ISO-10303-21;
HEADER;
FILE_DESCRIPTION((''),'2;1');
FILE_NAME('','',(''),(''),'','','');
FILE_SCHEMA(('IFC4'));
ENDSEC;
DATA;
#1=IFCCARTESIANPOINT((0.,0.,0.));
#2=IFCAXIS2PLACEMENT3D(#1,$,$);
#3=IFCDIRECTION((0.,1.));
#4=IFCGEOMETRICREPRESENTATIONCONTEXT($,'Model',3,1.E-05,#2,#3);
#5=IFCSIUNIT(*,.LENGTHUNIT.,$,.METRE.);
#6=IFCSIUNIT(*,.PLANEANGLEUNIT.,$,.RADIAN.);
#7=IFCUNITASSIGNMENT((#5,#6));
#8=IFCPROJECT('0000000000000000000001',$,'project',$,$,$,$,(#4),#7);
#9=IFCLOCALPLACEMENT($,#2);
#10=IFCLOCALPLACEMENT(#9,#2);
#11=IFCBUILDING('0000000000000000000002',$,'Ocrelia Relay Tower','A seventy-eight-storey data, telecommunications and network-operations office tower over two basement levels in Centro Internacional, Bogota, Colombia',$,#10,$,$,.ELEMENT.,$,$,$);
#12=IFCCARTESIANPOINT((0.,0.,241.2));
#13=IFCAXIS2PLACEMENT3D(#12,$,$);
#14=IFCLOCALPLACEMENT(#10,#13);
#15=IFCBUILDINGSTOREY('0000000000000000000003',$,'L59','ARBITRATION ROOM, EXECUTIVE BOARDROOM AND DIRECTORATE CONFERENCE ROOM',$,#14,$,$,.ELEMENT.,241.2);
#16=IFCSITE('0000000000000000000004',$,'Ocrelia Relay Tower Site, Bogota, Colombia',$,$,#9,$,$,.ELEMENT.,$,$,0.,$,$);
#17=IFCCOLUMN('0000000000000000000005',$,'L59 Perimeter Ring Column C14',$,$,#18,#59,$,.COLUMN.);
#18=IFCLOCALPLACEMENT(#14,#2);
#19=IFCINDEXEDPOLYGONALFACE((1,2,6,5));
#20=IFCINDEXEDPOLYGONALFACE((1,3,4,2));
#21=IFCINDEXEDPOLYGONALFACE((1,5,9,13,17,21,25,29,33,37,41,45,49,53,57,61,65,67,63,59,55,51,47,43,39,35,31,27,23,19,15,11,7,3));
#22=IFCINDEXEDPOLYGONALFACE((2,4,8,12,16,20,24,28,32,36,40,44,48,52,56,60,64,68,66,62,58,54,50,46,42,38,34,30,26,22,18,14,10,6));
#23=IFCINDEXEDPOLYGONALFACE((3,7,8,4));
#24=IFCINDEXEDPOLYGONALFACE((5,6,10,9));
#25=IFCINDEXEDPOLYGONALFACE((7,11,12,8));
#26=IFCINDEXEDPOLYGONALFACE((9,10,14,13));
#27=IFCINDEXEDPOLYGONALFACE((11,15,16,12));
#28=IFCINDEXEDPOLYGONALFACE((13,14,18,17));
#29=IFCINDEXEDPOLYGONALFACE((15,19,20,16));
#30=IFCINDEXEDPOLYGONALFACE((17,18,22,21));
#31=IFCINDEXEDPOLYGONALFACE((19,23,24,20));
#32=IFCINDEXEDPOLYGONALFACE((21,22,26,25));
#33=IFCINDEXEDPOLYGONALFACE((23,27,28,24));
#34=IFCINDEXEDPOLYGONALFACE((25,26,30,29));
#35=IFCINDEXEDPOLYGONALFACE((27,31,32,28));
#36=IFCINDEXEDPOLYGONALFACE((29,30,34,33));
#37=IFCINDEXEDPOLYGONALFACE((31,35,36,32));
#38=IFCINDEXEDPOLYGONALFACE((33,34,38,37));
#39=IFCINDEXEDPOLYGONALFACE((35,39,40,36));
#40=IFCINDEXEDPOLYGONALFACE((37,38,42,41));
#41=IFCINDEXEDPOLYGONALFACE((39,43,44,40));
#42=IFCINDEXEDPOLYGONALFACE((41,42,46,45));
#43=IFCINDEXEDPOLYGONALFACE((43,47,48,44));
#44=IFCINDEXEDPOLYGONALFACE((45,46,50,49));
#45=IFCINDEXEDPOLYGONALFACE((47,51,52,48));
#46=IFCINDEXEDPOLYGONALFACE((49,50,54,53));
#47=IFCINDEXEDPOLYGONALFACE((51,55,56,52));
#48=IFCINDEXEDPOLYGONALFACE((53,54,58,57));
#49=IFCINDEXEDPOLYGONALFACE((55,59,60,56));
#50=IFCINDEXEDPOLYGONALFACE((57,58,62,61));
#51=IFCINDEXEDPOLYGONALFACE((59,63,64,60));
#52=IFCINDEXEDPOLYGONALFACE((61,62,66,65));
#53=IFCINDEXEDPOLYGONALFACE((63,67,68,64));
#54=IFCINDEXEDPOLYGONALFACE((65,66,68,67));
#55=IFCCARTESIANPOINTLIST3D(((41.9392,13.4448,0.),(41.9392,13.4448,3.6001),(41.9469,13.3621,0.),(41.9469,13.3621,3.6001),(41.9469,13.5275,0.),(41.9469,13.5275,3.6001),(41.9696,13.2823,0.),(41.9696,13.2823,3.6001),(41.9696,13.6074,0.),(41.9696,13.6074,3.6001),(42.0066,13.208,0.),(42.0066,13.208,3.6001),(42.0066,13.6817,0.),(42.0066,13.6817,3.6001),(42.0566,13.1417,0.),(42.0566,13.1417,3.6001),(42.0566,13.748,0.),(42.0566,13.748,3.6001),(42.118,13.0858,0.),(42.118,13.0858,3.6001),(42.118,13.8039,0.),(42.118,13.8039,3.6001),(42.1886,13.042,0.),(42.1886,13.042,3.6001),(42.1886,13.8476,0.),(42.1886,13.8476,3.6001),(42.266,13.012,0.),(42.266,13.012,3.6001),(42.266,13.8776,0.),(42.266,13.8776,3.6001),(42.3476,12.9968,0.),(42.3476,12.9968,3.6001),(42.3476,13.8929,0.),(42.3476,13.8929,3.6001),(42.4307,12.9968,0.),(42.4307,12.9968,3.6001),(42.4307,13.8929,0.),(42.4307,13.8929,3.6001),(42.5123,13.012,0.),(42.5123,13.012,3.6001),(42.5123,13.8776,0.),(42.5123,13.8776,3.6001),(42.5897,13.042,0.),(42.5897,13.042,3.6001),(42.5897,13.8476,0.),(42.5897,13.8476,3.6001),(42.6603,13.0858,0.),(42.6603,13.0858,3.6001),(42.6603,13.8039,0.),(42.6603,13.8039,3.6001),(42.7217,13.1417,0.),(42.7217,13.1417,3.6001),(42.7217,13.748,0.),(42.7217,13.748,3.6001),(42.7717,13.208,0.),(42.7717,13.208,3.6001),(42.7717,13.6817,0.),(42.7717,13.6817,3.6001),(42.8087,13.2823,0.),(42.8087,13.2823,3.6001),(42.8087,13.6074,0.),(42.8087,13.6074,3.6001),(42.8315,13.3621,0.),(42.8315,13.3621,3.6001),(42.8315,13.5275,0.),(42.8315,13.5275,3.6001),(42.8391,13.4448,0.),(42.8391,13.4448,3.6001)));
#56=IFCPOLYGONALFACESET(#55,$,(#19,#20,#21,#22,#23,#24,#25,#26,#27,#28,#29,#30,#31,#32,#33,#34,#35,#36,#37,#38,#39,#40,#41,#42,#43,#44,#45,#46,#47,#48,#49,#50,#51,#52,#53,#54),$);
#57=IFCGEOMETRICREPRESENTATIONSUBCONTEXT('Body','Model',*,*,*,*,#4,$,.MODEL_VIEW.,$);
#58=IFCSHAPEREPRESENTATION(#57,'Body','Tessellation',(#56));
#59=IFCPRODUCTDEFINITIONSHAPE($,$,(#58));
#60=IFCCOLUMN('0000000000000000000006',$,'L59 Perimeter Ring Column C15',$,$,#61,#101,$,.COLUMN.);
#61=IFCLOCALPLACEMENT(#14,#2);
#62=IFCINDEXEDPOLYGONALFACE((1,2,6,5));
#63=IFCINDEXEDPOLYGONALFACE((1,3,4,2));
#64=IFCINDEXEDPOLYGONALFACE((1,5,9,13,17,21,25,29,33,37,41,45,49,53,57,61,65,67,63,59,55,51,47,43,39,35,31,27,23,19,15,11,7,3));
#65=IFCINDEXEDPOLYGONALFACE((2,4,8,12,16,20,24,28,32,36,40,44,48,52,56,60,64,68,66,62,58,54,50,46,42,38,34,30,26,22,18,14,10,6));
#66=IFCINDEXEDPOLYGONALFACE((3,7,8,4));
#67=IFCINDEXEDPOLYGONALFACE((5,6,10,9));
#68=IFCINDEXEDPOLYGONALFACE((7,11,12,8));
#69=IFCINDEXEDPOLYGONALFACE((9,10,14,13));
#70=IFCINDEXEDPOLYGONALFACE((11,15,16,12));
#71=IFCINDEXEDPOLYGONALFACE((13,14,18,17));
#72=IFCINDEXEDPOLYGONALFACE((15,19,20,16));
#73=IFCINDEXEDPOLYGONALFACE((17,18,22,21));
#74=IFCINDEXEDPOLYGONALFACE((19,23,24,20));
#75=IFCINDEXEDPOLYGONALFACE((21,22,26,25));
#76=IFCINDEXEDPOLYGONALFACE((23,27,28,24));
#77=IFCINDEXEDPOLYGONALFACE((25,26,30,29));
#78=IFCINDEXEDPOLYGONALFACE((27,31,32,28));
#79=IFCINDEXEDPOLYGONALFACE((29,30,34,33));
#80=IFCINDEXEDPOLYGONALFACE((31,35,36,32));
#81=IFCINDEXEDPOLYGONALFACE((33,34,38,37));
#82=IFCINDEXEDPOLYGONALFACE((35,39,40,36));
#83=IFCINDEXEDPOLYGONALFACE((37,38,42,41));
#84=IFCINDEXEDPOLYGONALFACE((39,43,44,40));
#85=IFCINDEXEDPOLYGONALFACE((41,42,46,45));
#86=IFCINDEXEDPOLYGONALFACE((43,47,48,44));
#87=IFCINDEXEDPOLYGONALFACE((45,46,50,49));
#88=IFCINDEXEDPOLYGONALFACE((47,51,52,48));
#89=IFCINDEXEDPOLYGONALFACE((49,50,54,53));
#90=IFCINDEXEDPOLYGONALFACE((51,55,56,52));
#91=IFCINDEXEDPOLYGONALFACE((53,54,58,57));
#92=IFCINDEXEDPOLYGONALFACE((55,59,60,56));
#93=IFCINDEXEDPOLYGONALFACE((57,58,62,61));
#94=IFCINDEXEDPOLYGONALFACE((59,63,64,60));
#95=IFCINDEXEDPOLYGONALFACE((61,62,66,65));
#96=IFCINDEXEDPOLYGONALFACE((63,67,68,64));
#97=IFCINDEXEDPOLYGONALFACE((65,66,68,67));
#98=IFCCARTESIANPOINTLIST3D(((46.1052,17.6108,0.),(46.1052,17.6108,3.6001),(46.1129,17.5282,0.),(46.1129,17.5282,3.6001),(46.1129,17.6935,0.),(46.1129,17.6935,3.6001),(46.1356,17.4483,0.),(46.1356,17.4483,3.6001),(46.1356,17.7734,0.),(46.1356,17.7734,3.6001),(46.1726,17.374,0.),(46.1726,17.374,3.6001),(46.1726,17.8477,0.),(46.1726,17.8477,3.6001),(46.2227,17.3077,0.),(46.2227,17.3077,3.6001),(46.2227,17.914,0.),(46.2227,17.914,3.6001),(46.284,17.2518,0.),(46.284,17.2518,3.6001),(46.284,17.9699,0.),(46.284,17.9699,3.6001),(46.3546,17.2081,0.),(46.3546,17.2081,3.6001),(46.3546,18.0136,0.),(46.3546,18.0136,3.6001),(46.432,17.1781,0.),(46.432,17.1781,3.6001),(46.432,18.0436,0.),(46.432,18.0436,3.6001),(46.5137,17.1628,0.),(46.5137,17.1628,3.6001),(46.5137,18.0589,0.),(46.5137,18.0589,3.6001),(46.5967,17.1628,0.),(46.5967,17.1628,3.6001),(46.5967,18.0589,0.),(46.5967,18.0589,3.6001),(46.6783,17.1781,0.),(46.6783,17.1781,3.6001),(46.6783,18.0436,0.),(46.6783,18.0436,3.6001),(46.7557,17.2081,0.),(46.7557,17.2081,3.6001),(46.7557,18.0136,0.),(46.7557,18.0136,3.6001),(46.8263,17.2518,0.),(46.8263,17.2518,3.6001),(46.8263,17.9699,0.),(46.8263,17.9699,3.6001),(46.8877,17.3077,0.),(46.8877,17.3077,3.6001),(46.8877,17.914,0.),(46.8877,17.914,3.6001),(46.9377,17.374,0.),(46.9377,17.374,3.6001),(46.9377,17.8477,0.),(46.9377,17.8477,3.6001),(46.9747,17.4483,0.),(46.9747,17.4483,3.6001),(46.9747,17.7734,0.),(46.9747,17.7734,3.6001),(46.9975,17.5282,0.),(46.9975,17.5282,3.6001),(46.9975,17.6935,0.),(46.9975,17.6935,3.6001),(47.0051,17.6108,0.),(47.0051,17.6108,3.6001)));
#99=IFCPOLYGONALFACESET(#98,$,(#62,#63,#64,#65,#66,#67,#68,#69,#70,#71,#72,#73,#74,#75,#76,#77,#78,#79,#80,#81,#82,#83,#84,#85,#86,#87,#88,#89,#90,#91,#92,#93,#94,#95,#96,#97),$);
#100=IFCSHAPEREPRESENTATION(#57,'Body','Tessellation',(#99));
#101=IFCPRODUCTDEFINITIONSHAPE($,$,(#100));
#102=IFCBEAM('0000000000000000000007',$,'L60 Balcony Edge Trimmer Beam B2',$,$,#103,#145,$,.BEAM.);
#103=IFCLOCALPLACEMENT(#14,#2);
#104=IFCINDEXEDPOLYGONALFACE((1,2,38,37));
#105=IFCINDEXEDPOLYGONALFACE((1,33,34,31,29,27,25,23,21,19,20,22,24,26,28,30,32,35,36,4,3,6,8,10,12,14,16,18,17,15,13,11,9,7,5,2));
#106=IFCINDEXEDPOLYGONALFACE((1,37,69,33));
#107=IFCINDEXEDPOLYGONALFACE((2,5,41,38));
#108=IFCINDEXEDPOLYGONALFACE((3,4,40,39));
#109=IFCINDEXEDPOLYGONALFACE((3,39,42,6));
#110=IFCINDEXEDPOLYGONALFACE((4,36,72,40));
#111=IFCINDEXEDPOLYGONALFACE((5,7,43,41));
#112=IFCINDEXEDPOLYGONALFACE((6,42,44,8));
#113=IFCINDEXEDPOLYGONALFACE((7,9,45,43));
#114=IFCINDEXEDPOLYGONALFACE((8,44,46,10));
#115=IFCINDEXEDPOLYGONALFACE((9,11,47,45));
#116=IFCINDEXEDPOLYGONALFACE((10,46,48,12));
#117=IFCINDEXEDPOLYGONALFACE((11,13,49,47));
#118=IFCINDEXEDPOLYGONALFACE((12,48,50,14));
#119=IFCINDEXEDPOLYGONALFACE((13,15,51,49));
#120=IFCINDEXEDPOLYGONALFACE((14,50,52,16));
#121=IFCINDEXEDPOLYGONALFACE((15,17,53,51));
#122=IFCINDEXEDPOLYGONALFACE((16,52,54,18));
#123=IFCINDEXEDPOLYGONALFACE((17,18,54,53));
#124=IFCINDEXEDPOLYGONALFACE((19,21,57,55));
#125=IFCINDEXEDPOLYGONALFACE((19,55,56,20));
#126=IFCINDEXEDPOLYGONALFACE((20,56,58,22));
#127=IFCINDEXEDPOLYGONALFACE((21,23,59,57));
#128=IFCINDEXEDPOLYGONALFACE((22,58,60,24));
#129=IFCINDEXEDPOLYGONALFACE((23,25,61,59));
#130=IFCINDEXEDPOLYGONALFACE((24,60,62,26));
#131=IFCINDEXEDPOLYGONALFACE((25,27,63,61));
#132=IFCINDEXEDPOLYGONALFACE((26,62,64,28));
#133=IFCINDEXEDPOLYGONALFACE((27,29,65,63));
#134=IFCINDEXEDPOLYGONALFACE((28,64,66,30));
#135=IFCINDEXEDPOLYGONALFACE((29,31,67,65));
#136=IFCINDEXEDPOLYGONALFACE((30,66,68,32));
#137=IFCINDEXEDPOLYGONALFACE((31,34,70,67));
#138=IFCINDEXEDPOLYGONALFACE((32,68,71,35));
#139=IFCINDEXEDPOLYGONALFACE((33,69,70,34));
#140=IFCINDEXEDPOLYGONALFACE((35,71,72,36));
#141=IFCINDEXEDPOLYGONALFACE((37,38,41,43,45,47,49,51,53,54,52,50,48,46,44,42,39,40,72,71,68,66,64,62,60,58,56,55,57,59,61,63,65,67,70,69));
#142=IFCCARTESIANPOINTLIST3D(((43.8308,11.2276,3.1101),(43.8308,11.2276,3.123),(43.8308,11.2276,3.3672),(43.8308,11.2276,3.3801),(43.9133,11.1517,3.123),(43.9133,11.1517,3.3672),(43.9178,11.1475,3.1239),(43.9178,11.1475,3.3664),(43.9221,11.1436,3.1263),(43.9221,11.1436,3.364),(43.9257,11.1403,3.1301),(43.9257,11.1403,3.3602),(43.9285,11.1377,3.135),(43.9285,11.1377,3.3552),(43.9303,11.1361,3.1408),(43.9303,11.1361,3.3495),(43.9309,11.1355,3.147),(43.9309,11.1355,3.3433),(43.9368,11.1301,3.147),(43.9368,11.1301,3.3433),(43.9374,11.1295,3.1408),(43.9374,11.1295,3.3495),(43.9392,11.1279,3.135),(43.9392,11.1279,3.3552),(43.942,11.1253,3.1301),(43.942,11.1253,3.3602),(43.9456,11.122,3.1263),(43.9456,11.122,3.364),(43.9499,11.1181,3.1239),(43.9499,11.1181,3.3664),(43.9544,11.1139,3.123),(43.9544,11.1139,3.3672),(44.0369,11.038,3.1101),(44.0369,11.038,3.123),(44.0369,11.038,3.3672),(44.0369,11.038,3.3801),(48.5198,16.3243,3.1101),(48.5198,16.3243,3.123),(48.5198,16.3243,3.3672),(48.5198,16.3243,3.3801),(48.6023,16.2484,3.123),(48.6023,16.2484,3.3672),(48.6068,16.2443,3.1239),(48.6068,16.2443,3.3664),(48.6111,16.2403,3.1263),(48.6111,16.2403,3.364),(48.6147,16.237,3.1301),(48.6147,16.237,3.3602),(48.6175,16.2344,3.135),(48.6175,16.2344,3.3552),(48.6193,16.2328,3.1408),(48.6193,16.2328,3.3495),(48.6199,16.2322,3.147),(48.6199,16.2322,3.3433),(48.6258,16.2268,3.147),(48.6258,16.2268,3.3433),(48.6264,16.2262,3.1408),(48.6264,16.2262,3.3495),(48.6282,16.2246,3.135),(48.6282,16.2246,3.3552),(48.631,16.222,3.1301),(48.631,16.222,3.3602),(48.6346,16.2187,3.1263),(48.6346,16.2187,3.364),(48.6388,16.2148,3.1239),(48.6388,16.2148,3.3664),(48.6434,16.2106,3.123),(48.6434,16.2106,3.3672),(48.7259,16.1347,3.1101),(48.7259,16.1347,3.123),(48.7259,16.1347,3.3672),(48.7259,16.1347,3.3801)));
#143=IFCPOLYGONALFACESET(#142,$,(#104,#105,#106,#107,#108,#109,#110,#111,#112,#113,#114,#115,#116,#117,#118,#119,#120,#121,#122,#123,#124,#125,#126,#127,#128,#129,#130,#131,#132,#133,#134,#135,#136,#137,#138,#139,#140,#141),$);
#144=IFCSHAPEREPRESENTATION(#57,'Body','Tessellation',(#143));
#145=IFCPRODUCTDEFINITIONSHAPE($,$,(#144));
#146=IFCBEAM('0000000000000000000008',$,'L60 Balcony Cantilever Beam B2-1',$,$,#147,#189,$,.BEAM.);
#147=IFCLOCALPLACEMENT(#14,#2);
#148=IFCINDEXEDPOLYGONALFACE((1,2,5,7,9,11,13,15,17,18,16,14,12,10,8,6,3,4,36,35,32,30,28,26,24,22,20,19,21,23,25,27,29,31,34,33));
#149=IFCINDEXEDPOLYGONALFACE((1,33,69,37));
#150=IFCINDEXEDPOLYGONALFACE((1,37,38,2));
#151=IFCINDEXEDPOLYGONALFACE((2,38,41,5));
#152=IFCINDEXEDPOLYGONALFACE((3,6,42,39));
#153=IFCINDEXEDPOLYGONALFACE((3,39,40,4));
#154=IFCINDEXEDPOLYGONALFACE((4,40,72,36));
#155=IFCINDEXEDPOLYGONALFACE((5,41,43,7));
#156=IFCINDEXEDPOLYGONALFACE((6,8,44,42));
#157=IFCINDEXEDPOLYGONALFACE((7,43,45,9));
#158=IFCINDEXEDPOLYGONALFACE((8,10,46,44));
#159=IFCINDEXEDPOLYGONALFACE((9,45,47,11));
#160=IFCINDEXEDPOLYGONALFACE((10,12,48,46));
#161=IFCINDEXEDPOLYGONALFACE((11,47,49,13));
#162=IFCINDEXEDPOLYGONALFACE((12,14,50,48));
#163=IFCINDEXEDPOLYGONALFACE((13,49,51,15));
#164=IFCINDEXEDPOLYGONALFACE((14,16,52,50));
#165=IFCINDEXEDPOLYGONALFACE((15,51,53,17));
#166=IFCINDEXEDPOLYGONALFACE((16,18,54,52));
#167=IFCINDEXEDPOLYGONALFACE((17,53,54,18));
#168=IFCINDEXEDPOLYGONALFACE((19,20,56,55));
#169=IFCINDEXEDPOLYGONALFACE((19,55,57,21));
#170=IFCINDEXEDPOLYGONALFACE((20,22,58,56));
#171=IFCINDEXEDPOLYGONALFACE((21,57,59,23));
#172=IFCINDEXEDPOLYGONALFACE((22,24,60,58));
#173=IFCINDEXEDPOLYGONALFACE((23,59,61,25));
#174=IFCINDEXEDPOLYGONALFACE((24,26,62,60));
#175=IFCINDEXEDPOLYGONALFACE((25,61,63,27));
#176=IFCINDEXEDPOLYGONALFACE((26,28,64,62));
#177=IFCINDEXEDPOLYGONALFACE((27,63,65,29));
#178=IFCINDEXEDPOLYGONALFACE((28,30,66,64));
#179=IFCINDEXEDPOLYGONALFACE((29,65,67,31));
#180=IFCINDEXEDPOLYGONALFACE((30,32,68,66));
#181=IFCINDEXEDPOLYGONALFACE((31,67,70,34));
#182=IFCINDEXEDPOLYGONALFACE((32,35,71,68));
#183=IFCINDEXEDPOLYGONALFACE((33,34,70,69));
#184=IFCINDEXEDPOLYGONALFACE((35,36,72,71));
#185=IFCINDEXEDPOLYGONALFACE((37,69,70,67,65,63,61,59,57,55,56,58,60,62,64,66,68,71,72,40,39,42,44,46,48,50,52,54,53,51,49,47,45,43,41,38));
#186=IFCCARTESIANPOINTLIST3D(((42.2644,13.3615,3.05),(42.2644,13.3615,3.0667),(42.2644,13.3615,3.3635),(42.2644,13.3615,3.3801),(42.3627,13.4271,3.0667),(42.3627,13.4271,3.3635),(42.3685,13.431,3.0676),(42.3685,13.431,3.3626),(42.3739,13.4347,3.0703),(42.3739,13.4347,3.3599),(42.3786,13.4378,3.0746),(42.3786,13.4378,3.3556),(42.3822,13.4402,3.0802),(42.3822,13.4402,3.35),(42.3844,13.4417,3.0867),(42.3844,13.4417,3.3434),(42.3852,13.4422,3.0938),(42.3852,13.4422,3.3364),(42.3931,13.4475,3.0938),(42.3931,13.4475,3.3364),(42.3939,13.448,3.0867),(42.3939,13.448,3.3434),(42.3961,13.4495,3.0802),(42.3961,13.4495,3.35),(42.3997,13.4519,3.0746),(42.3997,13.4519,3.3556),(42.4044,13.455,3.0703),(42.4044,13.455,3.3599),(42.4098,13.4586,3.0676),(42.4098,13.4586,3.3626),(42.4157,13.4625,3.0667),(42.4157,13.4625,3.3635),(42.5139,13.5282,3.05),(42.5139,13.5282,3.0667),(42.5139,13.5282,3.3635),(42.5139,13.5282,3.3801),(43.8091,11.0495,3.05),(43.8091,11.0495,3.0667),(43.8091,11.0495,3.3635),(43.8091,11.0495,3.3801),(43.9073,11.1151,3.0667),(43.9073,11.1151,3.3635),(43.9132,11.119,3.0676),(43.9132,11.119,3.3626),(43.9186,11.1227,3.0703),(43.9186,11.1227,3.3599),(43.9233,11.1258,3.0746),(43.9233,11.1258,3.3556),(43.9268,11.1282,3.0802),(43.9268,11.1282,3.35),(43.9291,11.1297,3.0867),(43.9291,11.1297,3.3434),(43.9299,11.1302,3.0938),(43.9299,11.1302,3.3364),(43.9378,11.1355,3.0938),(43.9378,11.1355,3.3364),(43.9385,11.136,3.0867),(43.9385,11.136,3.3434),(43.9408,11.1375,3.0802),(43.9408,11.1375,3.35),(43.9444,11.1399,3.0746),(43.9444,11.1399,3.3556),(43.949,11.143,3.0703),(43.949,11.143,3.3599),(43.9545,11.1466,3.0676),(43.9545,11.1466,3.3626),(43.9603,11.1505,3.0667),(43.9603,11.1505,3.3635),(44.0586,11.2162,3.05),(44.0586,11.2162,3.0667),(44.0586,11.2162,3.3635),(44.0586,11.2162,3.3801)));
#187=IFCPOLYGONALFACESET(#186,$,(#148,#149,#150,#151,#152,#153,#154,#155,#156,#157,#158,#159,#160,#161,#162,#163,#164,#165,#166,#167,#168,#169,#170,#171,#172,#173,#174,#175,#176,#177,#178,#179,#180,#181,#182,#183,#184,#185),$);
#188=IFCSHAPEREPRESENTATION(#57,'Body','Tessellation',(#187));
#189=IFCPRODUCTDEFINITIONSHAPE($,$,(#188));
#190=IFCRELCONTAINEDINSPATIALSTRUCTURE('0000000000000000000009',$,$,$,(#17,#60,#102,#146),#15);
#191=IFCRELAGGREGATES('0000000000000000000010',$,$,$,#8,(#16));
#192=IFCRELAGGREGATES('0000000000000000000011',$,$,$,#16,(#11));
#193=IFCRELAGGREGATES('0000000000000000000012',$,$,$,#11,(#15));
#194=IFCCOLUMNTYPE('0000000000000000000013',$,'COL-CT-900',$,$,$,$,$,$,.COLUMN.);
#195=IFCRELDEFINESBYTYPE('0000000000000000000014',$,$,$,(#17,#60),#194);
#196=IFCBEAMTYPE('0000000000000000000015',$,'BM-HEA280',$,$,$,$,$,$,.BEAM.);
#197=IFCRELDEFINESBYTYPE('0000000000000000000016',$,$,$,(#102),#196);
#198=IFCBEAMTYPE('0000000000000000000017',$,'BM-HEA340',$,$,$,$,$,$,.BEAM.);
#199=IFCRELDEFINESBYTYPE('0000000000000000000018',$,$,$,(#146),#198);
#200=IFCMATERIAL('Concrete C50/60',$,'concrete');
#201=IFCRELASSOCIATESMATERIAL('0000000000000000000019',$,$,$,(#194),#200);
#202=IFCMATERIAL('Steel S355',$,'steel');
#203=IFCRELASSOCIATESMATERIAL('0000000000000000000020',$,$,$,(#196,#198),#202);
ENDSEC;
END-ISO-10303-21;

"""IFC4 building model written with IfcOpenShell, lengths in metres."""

from ifc_helpers import new_model, si_unit, direction, frame, origin, origin_2d, place, context, subcontext, project, spatial, circle, i_section, extrude, material, material_profile, profile_set, type_object, element, save


model = new_model("IFC4")

# Units and contexts
model_context = context("Model", 3, precision=1e-05, world=origin(), true_north=direction((0.0, 1.0)))
body_context = subcontext(model_context, "Body", "Model", "MODEL_VIEW")
ifc_project = project(units=[si_unit("LENGTHUNIT", "METRE"), si_unit("PLANEANGLEUNIT", "RADIAN")], contexts=[model_context])

# Site, building, storey
site_placement = place(None, origin())
site = spatial("IfcSite", under=ifc_project, at=site_placement, Name="Ocrelia Relay Tower Site, Bogota, Colombia", CompositionType="ELEMENT", RefElevation=0.0)
building_placement = place(site_placement, origin())
building = spatial("IfcBuilding", under=site, at=building_placement, Name="Ocrelia Relay Tower", Description="A seventy-eight-storey data, telecommunications and network-operations office tower over two basement levels in Centro Internacional, Bogota, Colombia", CompositionType="ELEMENT")
storey_placement = place(building_placement, frame((0.0, 0.0, 241.2)))
storey = spatial("IfcBuildingStorey", under=building, at=storey_placement, Name="L59", Description="ARBITRATION ROOM, EXECUTIVE BOARDROOM AND DIRECTORATE CONFERENCE ROOM", CompositionType="ELEMENT", Elevation=241.2)

# Columns
ifc_material_1 = material(Name="Concrete C50/60", Category="concrete")
ifc_material_profile_1 = material_profile(ifc_material_1, circle(Radius=0.45, at=origin_2d()), Name="RC-CIR-900")
ifc_profile_set_1 = profile_set([ifc_material_profile_1], Name="Concrete C50/60")
column_type = type_object("IfcColumnType", Name="COL-CT-900", PredefinedType="COLUMN", material=ifc_profile_set_1)
for number, where, z_axis, x_axis, name in (
    (1, (42.3892, 13.4448, 0.0), (0.0, 0.0, 1.0), (1.0, 0.0, 0.0), "L59 Perimeter Ring Column C14"),
    (2, (46.5552, 17.6108, 0.0), (0.0, 0.0, 1.0), (1.0, 0.0, 0.0), "L59 Perimeter Ring Column C15"),
):
    element("IfcColumn", number, at=place(storey_placement, frame(where, z_axis=z_axis, x_axis=x_axis)), inside=storey, type_object=column_type, Name=name, PredefinedType="COLUMN", context=body_context, shape_type="SweptSolid", body=[
        extrude(circle(Radius=0.45, at=origin_2d()), origin(), (0.0, 0.0, 1.0), 3.6001),
    ])

# Beams
ifc_material_2 = material(Name="Steel S355", Category="steel")
ifc_material_profile_2 = material_profile(ifc_material_2, i_section(OverallWidth=0.28, OverallDepth=0.27, WebThickness=0.0081, FlangeThickness=0.0129, FilletRadius=0.0239, at=origin_2d()), Name="HEA 280")
ifc_profile_set_2 = profile_set([ifc_material_profile_2], Name="Steel S355")
beam_type_1 = type_object("IfcBeamType", Name="BM-HEA280", PredefinedType="BEAM", material=ifc_profile_set_2)
beam_1_placement = place(storey_placement, frame((43.9338, 11.1328, 3.2451), z_axis=(0.677058, 0.73593, 0.0), x_axis=(-0.73593, 0.677058, 0.0)))
element("IfcBeam", 3, at=beam_1_placement, inside=storey, type_object=beam_type_1, Name="L60 Balcony Edge Trimmer Beam B2", PredefinedType="BEAM", context=body_context, shape_type="SweptSolid", body=[
    extrude(i_section(OverallWidth=0.28, OverallDepth=0.27, WebThickness=0.0081, FlangeThickness=0.0129, FilletRadius=0.0239, at=origin_2d()), origin(), (0.0, 0.0, 1.0), 6.9255),
])
ifc_material_profile_3 = material_profile(ifc_material_2, i_section(OverallWidth=0.3, OverallDepth=0.3301, WebThickness=0.0095, FlangeThickness=0.0166, FilletRadius=0.0271, at=origin_2d()), Name="HEA 340")
ifc_profile_set_3 = profile_set([ifc_material_profile_3], Name="Steel S355")
beam_type_2 = type_object("IfcBeamType", Name="BM-HEA340", PredefinedType="BEAM", material=ifc_profile_set_3)
beam_2_placement = place(storey_placement, frame((42.3892, 13.4448, 3.2151), z_axis=(0.555531, -0.831496, 0.0), x_axis=(0.831496, 0.555531, 0.0)))
element("IfcBeam", 4, at=beam_2_placement, inside=storey, type_object=beam_type_2, Name="L60 Balcony Cantilever Beam B2-1", PredefinedType="BEAM", context=body_context, shape_type="SweptSolid", body=[
    extrude(i_section(OverallWidth=0.3, OverallDepth=0.3301, WebThickness=0.0095, FlangeThickness=0.0166, FilletRadius=0.0271, at=origin_2d()), origin(), (0.0, 0.0, 1.0), 2.7805),
])

save(model, "model.ifc")
